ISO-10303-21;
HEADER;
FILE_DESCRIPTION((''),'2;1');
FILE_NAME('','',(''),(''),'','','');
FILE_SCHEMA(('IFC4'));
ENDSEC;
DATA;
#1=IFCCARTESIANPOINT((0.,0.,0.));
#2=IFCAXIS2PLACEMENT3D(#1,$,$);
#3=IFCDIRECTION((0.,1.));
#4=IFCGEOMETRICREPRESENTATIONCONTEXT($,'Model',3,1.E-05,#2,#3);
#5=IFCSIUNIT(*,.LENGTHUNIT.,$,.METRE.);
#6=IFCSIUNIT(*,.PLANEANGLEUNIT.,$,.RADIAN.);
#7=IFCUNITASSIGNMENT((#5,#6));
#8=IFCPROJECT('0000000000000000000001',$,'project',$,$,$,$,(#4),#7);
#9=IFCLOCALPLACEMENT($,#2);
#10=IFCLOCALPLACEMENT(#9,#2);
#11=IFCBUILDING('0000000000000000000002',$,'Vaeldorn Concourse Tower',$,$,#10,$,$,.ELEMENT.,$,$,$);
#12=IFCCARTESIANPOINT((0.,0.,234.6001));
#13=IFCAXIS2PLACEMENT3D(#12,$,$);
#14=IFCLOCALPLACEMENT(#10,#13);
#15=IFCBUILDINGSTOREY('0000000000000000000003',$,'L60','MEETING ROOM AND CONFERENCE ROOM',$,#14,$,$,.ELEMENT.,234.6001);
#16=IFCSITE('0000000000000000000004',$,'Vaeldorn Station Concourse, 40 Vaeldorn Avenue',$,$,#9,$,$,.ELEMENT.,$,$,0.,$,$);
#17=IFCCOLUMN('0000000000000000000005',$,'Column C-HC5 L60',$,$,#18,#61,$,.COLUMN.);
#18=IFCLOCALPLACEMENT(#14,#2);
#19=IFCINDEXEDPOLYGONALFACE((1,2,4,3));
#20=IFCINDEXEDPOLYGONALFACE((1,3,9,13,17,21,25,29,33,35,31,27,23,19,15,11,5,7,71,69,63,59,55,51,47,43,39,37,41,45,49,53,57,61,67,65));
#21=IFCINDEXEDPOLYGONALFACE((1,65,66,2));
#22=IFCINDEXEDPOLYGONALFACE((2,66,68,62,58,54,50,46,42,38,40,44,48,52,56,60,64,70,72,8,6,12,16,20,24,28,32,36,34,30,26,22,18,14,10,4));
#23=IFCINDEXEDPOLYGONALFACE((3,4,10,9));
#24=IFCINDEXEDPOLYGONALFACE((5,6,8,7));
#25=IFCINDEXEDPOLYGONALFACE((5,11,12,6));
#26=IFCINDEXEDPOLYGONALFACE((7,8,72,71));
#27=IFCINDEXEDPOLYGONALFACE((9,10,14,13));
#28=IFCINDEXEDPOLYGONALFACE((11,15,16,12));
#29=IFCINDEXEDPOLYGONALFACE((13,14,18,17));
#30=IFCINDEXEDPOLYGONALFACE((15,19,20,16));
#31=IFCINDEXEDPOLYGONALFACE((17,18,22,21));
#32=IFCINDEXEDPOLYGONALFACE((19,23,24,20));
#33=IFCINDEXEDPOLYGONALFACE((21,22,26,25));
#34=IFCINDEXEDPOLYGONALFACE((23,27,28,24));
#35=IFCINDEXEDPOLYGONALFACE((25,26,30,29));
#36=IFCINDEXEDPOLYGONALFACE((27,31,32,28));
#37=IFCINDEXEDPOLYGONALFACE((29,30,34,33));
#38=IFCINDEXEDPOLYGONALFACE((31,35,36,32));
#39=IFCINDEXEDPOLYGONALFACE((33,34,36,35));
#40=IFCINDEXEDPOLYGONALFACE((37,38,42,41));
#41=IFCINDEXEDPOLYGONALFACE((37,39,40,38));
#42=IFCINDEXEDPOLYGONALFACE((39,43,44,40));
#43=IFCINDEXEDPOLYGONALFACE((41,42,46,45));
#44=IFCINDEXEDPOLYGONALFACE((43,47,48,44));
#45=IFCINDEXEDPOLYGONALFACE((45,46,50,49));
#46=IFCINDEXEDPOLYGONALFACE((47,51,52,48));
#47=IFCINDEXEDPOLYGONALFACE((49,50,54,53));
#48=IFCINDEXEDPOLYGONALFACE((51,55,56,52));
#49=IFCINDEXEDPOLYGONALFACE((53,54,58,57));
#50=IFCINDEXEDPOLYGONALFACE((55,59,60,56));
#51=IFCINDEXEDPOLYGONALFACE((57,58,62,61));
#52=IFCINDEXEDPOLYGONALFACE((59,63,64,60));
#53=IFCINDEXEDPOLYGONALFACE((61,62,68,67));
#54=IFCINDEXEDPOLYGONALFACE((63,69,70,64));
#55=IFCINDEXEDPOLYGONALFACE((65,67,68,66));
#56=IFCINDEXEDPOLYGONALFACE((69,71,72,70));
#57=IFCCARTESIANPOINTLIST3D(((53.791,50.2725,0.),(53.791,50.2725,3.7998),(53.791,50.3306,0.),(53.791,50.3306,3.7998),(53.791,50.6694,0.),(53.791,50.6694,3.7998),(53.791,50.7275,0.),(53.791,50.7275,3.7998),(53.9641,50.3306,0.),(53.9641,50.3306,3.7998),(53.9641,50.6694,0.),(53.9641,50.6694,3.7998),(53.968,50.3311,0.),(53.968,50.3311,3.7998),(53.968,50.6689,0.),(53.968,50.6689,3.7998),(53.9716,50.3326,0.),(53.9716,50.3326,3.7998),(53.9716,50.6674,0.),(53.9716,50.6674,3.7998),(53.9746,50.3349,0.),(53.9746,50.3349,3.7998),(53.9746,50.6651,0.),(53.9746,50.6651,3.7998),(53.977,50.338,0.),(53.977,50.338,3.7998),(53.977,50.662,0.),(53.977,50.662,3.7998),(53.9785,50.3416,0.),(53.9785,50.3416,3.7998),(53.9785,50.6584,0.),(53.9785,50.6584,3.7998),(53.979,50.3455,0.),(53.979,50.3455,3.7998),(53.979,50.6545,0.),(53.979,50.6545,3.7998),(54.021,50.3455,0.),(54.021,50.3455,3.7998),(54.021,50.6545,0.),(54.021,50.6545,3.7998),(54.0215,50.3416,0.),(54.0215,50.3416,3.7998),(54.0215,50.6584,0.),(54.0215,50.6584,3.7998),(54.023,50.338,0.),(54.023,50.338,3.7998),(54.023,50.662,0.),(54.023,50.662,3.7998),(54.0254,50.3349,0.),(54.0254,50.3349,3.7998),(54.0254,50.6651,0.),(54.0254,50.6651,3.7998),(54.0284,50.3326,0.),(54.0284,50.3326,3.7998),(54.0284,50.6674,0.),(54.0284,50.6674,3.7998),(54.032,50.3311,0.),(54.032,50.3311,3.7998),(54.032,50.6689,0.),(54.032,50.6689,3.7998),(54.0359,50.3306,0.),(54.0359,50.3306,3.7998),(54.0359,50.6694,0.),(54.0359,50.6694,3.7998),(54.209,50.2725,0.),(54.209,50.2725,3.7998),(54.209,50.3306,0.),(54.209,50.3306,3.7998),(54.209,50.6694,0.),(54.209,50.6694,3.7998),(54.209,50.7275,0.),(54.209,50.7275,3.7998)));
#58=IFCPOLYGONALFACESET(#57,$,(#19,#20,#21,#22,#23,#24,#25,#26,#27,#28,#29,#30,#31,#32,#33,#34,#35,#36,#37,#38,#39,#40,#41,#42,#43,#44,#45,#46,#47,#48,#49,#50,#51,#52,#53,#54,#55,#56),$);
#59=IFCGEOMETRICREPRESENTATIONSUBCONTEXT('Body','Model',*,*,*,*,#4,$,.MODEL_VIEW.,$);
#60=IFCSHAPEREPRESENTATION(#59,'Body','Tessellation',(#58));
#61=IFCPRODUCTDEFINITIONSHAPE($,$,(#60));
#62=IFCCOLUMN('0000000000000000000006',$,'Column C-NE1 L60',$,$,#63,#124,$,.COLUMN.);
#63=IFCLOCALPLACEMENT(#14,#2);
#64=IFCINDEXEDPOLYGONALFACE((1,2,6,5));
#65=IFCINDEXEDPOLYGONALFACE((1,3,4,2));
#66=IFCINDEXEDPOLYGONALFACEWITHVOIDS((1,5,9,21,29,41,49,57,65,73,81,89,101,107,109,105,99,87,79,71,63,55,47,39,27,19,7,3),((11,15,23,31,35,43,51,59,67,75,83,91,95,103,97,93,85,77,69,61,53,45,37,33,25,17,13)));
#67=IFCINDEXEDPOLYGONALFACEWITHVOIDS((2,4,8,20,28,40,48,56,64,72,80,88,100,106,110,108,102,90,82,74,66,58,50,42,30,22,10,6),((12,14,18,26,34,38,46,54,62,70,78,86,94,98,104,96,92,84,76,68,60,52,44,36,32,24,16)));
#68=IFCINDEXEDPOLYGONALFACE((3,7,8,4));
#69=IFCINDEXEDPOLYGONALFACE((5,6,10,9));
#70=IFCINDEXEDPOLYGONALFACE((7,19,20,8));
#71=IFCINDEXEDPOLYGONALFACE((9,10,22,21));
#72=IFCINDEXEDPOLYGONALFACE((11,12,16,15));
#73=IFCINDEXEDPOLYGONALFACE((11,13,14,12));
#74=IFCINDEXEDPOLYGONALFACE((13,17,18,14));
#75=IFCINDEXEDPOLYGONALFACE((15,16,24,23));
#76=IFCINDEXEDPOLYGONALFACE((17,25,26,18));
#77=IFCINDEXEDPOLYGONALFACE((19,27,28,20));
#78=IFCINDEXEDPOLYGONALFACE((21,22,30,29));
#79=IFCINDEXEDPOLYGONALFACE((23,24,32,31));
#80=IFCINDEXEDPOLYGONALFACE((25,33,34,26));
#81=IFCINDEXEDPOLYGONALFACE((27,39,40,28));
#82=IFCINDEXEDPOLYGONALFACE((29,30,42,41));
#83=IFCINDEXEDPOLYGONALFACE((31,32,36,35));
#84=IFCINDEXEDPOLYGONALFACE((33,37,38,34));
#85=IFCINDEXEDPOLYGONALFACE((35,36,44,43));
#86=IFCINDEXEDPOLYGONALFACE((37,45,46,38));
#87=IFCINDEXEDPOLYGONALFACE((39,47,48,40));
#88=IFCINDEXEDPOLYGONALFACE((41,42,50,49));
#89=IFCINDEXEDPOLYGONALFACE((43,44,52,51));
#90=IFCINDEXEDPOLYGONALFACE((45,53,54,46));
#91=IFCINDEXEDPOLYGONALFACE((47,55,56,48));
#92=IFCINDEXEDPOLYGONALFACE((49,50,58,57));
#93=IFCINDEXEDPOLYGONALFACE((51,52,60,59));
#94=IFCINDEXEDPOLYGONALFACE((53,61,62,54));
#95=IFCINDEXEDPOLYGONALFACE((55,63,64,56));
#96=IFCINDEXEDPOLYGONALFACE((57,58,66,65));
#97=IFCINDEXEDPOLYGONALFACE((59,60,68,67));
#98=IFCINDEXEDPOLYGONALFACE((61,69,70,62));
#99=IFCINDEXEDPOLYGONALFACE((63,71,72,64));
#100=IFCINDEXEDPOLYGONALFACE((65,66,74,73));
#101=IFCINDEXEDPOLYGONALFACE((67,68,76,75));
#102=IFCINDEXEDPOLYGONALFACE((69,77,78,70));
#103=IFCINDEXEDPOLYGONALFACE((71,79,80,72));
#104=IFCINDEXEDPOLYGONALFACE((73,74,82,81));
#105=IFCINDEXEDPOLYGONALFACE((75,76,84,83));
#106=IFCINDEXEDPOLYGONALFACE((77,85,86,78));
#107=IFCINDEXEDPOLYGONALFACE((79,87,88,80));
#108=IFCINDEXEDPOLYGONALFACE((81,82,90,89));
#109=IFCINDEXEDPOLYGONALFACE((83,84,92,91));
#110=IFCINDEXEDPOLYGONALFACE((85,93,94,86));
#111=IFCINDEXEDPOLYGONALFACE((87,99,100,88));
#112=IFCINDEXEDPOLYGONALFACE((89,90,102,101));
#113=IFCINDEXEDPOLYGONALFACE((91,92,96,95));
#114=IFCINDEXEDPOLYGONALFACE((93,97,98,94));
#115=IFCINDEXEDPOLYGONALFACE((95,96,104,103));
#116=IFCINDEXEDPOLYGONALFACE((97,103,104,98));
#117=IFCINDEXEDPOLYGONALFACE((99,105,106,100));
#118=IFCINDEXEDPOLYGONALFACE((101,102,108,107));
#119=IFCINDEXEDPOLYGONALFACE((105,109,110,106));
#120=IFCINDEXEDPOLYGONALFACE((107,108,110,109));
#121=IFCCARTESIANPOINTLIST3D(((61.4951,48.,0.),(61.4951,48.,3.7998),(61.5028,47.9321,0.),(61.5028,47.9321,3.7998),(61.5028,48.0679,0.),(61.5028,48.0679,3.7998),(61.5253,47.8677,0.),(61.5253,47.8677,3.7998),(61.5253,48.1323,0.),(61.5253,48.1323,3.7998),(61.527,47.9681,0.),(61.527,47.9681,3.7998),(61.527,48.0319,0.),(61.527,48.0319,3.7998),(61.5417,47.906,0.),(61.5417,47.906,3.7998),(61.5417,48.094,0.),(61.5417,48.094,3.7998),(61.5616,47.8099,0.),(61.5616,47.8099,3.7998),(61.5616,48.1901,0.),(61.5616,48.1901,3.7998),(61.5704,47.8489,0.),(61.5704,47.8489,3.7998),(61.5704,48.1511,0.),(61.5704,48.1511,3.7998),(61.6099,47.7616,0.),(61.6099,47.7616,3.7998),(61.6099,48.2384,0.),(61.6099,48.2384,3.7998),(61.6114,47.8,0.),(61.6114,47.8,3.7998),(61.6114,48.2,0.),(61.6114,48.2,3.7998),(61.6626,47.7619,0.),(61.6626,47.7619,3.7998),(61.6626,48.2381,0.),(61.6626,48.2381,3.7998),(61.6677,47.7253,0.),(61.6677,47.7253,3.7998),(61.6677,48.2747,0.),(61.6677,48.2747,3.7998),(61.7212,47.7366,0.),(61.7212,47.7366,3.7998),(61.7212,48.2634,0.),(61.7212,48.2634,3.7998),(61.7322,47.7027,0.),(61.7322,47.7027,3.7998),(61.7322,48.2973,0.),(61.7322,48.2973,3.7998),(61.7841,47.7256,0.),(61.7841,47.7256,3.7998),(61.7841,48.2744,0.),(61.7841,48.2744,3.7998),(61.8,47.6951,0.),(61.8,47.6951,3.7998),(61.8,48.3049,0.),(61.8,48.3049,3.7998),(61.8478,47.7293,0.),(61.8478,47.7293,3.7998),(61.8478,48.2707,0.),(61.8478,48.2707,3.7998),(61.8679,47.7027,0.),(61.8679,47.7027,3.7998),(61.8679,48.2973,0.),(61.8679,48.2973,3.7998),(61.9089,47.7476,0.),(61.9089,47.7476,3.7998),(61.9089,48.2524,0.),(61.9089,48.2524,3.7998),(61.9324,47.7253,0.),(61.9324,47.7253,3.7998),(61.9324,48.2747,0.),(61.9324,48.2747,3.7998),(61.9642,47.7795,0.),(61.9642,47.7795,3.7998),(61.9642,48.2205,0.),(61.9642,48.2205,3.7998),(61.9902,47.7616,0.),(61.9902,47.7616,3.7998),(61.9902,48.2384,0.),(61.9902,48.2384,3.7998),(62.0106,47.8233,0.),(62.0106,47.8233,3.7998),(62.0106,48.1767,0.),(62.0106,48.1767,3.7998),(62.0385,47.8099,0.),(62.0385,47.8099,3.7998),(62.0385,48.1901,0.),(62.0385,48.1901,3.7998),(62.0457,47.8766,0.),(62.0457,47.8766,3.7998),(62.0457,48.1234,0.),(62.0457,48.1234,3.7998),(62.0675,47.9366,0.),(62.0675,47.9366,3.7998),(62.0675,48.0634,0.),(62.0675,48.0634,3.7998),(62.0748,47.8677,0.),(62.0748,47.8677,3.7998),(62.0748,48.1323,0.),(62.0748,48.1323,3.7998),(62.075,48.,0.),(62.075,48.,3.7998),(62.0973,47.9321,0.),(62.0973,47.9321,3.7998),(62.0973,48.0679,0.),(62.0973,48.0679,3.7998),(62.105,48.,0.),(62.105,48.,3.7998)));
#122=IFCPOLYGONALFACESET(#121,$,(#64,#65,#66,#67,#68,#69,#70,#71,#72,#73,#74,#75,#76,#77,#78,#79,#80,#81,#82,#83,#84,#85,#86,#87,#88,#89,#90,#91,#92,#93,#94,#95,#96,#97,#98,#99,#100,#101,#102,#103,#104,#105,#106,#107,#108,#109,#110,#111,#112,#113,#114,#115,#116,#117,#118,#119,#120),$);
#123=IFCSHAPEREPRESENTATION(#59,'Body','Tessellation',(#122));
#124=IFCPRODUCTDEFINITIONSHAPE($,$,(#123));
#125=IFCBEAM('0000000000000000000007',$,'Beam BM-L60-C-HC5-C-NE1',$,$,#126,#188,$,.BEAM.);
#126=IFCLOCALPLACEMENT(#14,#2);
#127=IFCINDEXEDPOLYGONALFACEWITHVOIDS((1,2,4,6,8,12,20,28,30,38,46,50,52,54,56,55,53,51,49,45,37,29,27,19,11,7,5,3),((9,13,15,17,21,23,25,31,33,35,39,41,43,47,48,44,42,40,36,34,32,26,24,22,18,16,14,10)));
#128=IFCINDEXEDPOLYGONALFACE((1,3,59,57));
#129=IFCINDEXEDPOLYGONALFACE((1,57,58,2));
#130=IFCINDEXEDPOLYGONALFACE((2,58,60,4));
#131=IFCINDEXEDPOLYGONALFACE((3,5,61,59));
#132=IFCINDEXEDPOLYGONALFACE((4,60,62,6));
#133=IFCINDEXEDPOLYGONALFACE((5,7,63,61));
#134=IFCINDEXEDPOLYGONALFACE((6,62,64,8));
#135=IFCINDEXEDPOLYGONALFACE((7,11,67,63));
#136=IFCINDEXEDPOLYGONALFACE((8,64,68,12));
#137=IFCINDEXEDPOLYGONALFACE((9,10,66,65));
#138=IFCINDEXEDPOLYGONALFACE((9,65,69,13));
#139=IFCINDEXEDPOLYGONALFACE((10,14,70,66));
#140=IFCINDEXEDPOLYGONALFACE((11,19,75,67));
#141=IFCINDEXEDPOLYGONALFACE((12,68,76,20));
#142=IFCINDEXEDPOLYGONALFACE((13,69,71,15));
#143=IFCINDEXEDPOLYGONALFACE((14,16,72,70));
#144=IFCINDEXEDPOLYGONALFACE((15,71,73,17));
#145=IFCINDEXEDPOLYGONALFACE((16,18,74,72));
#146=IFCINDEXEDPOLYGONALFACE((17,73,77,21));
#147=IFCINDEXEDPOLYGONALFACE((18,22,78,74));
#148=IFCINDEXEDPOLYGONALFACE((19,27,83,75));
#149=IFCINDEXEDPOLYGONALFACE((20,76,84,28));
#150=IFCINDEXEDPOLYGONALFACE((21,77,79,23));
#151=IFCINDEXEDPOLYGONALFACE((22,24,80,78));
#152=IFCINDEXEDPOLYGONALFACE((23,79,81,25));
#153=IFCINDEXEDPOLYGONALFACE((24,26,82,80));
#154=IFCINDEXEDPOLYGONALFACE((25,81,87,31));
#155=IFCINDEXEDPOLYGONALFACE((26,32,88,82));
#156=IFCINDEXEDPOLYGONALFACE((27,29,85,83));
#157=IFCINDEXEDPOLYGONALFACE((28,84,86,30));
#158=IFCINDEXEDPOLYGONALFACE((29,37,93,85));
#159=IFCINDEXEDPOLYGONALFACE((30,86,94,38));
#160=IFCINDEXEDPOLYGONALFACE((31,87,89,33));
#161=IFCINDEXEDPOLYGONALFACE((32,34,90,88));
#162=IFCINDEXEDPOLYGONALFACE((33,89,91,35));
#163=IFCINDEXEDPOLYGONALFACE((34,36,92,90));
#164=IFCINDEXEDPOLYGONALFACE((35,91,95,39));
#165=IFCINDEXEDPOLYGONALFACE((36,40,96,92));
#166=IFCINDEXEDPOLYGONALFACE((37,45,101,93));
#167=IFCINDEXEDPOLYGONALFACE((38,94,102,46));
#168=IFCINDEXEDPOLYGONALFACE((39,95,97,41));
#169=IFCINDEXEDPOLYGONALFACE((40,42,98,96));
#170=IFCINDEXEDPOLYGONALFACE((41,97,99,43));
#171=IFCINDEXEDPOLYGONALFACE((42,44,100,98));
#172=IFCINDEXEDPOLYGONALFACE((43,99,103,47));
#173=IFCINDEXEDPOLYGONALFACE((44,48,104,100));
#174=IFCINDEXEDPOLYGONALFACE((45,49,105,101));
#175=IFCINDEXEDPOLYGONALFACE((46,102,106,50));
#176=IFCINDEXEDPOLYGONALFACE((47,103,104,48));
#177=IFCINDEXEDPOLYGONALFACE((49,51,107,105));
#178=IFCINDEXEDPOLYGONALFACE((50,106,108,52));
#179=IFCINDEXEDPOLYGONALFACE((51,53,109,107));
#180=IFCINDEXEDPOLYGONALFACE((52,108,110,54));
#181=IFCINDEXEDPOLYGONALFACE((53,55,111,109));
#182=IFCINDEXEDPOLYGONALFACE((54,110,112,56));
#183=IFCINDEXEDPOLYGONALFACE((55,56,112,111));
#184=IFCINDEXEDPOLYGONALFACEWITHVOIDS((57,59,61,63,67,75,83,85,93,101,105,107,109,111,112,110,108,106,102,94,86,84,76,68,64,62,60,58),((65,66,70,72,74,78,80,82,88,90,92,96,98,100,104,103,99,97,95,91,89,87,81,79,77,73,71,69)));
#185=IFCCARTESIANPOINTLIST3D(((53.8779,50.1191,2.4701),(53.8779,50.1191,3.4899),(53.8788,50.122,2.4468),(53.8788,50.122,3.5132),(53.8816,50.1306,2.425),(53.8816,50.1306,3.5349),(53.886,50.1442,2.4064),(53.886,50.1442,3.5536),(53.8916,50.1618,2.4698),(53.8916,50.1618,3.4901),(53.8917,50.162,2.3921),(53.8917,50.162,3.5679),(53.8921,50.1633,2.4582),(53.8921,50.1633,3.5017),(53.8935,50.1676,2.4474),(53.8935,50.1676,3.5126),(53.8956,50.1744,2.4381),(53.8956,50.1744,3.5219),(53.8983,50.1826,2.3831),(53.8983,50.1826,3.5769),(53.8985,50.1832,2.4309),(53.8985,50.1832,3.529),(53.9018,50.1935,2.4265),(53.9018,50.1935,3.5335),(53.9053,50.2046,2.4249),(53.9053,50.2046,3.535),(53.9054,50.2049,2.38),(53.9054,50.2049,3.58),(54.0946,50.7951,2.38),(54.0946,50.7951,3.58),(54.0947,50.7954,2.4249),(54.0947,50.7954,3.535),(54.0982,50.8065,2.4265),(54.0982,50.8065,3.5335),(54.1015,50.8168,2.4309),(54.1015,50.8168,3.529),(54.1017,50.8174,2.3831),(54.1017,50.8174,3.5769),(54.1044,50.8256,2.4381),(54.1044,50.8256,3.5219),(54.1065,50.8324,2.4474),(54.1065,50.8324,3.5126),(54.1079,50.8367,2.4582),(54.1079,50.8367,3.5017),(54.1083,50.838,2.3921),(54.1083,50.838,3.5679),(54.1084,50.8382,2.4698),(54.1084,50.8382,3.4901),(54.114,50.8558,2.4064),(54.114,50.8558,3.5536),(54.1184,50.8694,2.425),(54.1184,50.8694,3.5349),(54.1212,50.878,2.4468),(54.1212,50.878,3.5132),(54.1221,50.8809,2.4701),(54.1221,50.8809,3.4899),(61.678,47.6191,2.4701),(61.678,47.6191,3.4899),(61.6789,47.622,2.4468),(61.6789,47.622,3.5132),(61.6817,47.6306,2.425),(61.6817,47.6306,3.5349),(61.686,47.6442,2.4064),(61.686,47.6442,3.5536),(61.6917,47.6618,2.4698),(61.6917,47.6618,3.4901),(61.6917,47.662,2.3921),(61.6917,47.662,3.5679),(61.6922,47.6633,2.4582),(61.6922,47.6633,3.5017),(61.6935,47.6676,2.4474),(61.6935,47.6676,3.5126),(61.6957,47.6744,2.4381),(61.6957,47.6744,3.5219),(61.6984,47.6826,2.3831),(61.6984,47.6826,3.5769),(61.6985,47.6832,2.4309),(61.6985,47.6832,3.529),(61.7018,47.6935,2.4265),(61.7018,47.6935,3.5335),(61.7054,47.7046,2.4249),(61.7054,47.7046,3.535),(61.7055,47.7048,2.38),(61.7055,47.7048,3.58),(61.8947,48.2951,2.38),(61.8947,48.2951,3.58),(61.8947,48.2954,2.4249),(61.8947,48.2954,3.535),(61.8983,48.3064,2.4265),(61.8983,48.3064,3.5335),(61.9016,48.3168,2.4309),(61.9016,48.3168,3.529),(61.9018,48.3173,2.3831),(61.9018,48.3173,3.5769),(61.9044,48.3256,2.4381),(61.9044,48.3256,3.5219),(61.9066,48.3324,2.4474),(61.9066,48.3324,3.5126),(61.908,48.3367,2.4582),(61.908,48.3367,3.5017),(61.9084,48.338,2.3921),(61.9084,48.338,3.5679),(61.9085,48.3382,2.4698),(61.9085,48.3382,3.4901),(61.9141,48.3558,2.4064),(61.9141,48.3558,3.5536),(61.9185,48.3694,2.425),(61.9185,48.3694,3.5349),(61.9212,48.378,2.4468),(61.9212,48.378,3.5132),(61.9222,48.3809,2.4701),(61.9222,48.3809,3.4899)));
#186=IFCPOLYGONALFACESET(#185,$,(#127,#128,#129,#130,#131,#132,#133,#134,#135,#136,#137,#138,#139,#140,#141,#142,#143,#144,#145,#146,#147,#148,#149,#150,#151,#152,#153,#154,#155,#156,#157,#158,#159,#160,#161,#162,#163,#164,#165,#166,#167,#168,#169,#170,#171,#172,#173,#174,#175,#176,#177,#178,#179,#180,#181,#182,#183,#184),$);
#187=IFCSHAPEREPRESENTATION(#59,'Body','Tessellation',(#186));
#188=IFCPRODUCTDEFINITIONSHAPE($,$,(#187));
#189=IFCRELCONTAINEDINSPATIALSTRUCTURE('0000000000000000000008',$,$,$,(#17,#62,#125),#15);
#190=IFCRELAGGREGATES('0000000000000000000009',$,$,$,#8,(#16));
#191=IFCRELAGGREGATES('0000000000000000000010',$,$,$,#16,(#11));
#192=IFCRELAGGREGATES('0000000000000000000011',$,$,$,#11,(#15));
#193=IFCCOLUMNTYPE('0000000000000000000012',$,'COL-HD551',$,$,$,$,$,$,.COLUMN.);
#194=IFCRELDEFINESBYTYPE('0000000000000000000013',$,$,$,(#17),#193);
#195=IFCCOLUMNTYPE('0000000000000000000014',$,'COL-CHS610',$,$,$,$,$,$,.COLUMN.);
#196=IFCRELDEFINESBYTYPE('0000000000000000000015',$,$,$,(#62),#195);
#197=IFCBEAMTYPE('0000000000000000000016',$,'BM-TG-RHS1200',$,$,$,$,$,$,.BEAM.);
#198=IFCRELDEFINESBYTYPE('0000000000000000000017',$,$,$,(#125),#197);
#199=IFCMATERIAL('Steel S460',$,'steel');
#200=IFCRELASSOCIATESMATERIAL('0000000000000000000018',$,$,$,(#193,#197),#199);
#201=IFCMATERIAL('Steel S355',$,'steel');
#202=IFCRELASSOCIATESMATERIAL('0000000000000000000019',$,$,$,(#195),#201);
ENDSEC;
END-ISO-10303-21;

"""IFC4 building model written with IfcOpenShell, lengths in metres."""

from ifc_helpers import new_model, si_unit, direction, frame, origin, origin_2d, place, context, subcontext, project, spatial, hollow_rectangle, hollow_circle, i_section, extrude, source, transform, mapped, material, material_profile, profile_set, type_object, element, save


model = new_model("IFC4")

# Units and contexts
model_context = context("Model", 3, precision=1e-05, world=origin(), true_north=direction((0.0, 1.0)))
body_context = subcontext(model_context, "Body", "Model", "MODEL_VIEW")
ifc_project = project(units=[si_unit("LENGTHUNIT", "METRE"), si_unit("PLANEANGLEUNIT", "RADIAN")], contexts=[model_context])

# Site, building, storey
site_placement = place(None, origin())
site = spatial("IfcSite", under=ifc_project, at=site_placement, Name="Vaeldorn Station Concourse, 40 Vaeldorn Avenue", CompositionType="ELEMENT", RefElevation=0.0)
building_placement = place(site_placement, origin())
building = spatial("IfcBuilding", under=site, at=building_placement, Name="Vaeldorn Concourse Tower", CompositionType="ELEMENT")
storey_placement = place(building_placement, frame((0.0, 0.0, 234.6001)))
storey = spatial("IfcBuildingStorey", under=building, at=storey_placement, Name="L60", Description="MEETING ROOM AND CONFERENCE ROOM", CompositionType="ELEMENT", Elevation=234.6001)

# Columns
ifc_material_1 = material(Name="Steel S460", Category="steel")
ifc_material_profile_1 = material_profile(ifc_material_1, i_section(OverallWidth=0.418, OverallDepth=0.4551, WebThickness=0.042, FlangeThickness=0.0581, FilletRadius=0.0149, at=origin_2d()), Name="HD 400x551")
ifc_profile_set_1 = profile_set([ifc_material_profile_1], Name="Steel S460")
column_type_1 = type_object("IfcColumnType", Name="COL-HD551", PredefinedType="COLUMN", material=ifc_profile_set_1)
shared_shape_1 = source(origin(), body_context, "Body", "SweptSolid", [
    extrude(i_section(OverallWidth=0.418, OverallDepth=0.4551, WebThickness=0.042, FlangeThickness=0.0581, FilletRadius=0.0149, at=origin_2d()), origin(), (0.0, 0.0, 1.0), 3.7998),
])
column_1_placement = place(storey_placement, frame((54.0, 50.5, 0.0), z_axis=(0.0, 0.0, 1.0), x_axis=(1.0, 0.0, 0.0)))
element("IfcColumn", 1, at=column_1_placement, inside=storey, type_object=column_type_1, Name="Column C-HC5 L60", PredefinedType="COLUMN", context=body_context, shape_type="MappedRepresentation", body=[
    mapped(shared_shape_1, transform((0.0, 0.0, 0.0), scale=1.0)),
])
ifc_material_2 = material(Name="Steel S355", Category="steel")
ifc_material_profile_2 = material_profile(ifc_material_2, hollow_circle(Radius=0.3049, WallThickness=0.03, at=origin_2d()), Name="CHS 610x30")
ifc_profile_set_2 = profile_set([ifc_material_profile_2], Name="Steel S355")
column_type_2 = type_object("IfcColumnType", Name="COL-CHS610", PredefinedType="COLUMN", material=ifc_profile_set_2)
shared_shape_2 = source(origin(), body_context, "Body", "SweptSolid", [
    extrude(hollow_circle(Radius=0.3049, WallThickness=0.03, at=origin_2d()), origin(), (0.0, 0.0, 1.0), 3.7998),
])
column_2_placement = place(storey_placement, frame((61.8, 48.0, 0.0), z_axis=(0.0, 0.0, 1.0), x_axis=(1.0, 0.0, 0.0)))
element("IfcColumn", 2, at=column_2_placement, inside=storey, type_object=column_type_2, Name="Column C-NE1 L60", PredefinedType="COLUMN", context=body_context, shape_type="MappedRepresentation", body=[
    mapped(shared_shape_2, transform((0.0, 0.0, 0.0), scale=1.0)),
])

# Beam
ifc_material_profile_3 = material_profile(ifc_material_1, hollow_rectangle(XDim=0.8, YDim=1.2, WallThickness=0.0449, InnerFilletRadius=0.0449, OuterFilletRadius=0.0901, at=origin_2d()), Name="RHS 1200x800x45")
ifc_profile_set_3 = profile_set([ifc_material_profile_3], Name="Steel S460")
beam_type_1 = type_object("IfcBeamType", Name="BM-TG-RHS1200", PredefinedType="BEAM", material=ifc_profile_set_3)
shared_shape_3 = source(origin(), body_context, "Body", "SweptSolid", [
    extrude(hollow_rectangle(XDim=0.8, YDim=1.2, WallThickness=0.0449, InnerFilletRadius=0.0449, OuterFilletRadius=0.0901, at=origin_2d()), origin(), (0.0, 0.0, 1.0), 8.1909),
])
beam_1_placement = place(storey_placement, frame((54.0, 50.5, 2.98), z_axis=(0.952283, -0.305217, 0.0), x_axis=(0.305217, 0.952283, 0.0)))
element("IfcBeam", 3, at=beam_1_placement, inside=storey, type_object=beam_type_1, Name="Beam BM-L60-C-HC5-C-NE1", PredefinedType="BEAM", context=body_context, shape_type="MappedRepresentation", body=[
    mapped(shared_shape_3, transform((0.0, 0.0, 0.0), scale=1.0)),
])

save(model, "model.ifc")
